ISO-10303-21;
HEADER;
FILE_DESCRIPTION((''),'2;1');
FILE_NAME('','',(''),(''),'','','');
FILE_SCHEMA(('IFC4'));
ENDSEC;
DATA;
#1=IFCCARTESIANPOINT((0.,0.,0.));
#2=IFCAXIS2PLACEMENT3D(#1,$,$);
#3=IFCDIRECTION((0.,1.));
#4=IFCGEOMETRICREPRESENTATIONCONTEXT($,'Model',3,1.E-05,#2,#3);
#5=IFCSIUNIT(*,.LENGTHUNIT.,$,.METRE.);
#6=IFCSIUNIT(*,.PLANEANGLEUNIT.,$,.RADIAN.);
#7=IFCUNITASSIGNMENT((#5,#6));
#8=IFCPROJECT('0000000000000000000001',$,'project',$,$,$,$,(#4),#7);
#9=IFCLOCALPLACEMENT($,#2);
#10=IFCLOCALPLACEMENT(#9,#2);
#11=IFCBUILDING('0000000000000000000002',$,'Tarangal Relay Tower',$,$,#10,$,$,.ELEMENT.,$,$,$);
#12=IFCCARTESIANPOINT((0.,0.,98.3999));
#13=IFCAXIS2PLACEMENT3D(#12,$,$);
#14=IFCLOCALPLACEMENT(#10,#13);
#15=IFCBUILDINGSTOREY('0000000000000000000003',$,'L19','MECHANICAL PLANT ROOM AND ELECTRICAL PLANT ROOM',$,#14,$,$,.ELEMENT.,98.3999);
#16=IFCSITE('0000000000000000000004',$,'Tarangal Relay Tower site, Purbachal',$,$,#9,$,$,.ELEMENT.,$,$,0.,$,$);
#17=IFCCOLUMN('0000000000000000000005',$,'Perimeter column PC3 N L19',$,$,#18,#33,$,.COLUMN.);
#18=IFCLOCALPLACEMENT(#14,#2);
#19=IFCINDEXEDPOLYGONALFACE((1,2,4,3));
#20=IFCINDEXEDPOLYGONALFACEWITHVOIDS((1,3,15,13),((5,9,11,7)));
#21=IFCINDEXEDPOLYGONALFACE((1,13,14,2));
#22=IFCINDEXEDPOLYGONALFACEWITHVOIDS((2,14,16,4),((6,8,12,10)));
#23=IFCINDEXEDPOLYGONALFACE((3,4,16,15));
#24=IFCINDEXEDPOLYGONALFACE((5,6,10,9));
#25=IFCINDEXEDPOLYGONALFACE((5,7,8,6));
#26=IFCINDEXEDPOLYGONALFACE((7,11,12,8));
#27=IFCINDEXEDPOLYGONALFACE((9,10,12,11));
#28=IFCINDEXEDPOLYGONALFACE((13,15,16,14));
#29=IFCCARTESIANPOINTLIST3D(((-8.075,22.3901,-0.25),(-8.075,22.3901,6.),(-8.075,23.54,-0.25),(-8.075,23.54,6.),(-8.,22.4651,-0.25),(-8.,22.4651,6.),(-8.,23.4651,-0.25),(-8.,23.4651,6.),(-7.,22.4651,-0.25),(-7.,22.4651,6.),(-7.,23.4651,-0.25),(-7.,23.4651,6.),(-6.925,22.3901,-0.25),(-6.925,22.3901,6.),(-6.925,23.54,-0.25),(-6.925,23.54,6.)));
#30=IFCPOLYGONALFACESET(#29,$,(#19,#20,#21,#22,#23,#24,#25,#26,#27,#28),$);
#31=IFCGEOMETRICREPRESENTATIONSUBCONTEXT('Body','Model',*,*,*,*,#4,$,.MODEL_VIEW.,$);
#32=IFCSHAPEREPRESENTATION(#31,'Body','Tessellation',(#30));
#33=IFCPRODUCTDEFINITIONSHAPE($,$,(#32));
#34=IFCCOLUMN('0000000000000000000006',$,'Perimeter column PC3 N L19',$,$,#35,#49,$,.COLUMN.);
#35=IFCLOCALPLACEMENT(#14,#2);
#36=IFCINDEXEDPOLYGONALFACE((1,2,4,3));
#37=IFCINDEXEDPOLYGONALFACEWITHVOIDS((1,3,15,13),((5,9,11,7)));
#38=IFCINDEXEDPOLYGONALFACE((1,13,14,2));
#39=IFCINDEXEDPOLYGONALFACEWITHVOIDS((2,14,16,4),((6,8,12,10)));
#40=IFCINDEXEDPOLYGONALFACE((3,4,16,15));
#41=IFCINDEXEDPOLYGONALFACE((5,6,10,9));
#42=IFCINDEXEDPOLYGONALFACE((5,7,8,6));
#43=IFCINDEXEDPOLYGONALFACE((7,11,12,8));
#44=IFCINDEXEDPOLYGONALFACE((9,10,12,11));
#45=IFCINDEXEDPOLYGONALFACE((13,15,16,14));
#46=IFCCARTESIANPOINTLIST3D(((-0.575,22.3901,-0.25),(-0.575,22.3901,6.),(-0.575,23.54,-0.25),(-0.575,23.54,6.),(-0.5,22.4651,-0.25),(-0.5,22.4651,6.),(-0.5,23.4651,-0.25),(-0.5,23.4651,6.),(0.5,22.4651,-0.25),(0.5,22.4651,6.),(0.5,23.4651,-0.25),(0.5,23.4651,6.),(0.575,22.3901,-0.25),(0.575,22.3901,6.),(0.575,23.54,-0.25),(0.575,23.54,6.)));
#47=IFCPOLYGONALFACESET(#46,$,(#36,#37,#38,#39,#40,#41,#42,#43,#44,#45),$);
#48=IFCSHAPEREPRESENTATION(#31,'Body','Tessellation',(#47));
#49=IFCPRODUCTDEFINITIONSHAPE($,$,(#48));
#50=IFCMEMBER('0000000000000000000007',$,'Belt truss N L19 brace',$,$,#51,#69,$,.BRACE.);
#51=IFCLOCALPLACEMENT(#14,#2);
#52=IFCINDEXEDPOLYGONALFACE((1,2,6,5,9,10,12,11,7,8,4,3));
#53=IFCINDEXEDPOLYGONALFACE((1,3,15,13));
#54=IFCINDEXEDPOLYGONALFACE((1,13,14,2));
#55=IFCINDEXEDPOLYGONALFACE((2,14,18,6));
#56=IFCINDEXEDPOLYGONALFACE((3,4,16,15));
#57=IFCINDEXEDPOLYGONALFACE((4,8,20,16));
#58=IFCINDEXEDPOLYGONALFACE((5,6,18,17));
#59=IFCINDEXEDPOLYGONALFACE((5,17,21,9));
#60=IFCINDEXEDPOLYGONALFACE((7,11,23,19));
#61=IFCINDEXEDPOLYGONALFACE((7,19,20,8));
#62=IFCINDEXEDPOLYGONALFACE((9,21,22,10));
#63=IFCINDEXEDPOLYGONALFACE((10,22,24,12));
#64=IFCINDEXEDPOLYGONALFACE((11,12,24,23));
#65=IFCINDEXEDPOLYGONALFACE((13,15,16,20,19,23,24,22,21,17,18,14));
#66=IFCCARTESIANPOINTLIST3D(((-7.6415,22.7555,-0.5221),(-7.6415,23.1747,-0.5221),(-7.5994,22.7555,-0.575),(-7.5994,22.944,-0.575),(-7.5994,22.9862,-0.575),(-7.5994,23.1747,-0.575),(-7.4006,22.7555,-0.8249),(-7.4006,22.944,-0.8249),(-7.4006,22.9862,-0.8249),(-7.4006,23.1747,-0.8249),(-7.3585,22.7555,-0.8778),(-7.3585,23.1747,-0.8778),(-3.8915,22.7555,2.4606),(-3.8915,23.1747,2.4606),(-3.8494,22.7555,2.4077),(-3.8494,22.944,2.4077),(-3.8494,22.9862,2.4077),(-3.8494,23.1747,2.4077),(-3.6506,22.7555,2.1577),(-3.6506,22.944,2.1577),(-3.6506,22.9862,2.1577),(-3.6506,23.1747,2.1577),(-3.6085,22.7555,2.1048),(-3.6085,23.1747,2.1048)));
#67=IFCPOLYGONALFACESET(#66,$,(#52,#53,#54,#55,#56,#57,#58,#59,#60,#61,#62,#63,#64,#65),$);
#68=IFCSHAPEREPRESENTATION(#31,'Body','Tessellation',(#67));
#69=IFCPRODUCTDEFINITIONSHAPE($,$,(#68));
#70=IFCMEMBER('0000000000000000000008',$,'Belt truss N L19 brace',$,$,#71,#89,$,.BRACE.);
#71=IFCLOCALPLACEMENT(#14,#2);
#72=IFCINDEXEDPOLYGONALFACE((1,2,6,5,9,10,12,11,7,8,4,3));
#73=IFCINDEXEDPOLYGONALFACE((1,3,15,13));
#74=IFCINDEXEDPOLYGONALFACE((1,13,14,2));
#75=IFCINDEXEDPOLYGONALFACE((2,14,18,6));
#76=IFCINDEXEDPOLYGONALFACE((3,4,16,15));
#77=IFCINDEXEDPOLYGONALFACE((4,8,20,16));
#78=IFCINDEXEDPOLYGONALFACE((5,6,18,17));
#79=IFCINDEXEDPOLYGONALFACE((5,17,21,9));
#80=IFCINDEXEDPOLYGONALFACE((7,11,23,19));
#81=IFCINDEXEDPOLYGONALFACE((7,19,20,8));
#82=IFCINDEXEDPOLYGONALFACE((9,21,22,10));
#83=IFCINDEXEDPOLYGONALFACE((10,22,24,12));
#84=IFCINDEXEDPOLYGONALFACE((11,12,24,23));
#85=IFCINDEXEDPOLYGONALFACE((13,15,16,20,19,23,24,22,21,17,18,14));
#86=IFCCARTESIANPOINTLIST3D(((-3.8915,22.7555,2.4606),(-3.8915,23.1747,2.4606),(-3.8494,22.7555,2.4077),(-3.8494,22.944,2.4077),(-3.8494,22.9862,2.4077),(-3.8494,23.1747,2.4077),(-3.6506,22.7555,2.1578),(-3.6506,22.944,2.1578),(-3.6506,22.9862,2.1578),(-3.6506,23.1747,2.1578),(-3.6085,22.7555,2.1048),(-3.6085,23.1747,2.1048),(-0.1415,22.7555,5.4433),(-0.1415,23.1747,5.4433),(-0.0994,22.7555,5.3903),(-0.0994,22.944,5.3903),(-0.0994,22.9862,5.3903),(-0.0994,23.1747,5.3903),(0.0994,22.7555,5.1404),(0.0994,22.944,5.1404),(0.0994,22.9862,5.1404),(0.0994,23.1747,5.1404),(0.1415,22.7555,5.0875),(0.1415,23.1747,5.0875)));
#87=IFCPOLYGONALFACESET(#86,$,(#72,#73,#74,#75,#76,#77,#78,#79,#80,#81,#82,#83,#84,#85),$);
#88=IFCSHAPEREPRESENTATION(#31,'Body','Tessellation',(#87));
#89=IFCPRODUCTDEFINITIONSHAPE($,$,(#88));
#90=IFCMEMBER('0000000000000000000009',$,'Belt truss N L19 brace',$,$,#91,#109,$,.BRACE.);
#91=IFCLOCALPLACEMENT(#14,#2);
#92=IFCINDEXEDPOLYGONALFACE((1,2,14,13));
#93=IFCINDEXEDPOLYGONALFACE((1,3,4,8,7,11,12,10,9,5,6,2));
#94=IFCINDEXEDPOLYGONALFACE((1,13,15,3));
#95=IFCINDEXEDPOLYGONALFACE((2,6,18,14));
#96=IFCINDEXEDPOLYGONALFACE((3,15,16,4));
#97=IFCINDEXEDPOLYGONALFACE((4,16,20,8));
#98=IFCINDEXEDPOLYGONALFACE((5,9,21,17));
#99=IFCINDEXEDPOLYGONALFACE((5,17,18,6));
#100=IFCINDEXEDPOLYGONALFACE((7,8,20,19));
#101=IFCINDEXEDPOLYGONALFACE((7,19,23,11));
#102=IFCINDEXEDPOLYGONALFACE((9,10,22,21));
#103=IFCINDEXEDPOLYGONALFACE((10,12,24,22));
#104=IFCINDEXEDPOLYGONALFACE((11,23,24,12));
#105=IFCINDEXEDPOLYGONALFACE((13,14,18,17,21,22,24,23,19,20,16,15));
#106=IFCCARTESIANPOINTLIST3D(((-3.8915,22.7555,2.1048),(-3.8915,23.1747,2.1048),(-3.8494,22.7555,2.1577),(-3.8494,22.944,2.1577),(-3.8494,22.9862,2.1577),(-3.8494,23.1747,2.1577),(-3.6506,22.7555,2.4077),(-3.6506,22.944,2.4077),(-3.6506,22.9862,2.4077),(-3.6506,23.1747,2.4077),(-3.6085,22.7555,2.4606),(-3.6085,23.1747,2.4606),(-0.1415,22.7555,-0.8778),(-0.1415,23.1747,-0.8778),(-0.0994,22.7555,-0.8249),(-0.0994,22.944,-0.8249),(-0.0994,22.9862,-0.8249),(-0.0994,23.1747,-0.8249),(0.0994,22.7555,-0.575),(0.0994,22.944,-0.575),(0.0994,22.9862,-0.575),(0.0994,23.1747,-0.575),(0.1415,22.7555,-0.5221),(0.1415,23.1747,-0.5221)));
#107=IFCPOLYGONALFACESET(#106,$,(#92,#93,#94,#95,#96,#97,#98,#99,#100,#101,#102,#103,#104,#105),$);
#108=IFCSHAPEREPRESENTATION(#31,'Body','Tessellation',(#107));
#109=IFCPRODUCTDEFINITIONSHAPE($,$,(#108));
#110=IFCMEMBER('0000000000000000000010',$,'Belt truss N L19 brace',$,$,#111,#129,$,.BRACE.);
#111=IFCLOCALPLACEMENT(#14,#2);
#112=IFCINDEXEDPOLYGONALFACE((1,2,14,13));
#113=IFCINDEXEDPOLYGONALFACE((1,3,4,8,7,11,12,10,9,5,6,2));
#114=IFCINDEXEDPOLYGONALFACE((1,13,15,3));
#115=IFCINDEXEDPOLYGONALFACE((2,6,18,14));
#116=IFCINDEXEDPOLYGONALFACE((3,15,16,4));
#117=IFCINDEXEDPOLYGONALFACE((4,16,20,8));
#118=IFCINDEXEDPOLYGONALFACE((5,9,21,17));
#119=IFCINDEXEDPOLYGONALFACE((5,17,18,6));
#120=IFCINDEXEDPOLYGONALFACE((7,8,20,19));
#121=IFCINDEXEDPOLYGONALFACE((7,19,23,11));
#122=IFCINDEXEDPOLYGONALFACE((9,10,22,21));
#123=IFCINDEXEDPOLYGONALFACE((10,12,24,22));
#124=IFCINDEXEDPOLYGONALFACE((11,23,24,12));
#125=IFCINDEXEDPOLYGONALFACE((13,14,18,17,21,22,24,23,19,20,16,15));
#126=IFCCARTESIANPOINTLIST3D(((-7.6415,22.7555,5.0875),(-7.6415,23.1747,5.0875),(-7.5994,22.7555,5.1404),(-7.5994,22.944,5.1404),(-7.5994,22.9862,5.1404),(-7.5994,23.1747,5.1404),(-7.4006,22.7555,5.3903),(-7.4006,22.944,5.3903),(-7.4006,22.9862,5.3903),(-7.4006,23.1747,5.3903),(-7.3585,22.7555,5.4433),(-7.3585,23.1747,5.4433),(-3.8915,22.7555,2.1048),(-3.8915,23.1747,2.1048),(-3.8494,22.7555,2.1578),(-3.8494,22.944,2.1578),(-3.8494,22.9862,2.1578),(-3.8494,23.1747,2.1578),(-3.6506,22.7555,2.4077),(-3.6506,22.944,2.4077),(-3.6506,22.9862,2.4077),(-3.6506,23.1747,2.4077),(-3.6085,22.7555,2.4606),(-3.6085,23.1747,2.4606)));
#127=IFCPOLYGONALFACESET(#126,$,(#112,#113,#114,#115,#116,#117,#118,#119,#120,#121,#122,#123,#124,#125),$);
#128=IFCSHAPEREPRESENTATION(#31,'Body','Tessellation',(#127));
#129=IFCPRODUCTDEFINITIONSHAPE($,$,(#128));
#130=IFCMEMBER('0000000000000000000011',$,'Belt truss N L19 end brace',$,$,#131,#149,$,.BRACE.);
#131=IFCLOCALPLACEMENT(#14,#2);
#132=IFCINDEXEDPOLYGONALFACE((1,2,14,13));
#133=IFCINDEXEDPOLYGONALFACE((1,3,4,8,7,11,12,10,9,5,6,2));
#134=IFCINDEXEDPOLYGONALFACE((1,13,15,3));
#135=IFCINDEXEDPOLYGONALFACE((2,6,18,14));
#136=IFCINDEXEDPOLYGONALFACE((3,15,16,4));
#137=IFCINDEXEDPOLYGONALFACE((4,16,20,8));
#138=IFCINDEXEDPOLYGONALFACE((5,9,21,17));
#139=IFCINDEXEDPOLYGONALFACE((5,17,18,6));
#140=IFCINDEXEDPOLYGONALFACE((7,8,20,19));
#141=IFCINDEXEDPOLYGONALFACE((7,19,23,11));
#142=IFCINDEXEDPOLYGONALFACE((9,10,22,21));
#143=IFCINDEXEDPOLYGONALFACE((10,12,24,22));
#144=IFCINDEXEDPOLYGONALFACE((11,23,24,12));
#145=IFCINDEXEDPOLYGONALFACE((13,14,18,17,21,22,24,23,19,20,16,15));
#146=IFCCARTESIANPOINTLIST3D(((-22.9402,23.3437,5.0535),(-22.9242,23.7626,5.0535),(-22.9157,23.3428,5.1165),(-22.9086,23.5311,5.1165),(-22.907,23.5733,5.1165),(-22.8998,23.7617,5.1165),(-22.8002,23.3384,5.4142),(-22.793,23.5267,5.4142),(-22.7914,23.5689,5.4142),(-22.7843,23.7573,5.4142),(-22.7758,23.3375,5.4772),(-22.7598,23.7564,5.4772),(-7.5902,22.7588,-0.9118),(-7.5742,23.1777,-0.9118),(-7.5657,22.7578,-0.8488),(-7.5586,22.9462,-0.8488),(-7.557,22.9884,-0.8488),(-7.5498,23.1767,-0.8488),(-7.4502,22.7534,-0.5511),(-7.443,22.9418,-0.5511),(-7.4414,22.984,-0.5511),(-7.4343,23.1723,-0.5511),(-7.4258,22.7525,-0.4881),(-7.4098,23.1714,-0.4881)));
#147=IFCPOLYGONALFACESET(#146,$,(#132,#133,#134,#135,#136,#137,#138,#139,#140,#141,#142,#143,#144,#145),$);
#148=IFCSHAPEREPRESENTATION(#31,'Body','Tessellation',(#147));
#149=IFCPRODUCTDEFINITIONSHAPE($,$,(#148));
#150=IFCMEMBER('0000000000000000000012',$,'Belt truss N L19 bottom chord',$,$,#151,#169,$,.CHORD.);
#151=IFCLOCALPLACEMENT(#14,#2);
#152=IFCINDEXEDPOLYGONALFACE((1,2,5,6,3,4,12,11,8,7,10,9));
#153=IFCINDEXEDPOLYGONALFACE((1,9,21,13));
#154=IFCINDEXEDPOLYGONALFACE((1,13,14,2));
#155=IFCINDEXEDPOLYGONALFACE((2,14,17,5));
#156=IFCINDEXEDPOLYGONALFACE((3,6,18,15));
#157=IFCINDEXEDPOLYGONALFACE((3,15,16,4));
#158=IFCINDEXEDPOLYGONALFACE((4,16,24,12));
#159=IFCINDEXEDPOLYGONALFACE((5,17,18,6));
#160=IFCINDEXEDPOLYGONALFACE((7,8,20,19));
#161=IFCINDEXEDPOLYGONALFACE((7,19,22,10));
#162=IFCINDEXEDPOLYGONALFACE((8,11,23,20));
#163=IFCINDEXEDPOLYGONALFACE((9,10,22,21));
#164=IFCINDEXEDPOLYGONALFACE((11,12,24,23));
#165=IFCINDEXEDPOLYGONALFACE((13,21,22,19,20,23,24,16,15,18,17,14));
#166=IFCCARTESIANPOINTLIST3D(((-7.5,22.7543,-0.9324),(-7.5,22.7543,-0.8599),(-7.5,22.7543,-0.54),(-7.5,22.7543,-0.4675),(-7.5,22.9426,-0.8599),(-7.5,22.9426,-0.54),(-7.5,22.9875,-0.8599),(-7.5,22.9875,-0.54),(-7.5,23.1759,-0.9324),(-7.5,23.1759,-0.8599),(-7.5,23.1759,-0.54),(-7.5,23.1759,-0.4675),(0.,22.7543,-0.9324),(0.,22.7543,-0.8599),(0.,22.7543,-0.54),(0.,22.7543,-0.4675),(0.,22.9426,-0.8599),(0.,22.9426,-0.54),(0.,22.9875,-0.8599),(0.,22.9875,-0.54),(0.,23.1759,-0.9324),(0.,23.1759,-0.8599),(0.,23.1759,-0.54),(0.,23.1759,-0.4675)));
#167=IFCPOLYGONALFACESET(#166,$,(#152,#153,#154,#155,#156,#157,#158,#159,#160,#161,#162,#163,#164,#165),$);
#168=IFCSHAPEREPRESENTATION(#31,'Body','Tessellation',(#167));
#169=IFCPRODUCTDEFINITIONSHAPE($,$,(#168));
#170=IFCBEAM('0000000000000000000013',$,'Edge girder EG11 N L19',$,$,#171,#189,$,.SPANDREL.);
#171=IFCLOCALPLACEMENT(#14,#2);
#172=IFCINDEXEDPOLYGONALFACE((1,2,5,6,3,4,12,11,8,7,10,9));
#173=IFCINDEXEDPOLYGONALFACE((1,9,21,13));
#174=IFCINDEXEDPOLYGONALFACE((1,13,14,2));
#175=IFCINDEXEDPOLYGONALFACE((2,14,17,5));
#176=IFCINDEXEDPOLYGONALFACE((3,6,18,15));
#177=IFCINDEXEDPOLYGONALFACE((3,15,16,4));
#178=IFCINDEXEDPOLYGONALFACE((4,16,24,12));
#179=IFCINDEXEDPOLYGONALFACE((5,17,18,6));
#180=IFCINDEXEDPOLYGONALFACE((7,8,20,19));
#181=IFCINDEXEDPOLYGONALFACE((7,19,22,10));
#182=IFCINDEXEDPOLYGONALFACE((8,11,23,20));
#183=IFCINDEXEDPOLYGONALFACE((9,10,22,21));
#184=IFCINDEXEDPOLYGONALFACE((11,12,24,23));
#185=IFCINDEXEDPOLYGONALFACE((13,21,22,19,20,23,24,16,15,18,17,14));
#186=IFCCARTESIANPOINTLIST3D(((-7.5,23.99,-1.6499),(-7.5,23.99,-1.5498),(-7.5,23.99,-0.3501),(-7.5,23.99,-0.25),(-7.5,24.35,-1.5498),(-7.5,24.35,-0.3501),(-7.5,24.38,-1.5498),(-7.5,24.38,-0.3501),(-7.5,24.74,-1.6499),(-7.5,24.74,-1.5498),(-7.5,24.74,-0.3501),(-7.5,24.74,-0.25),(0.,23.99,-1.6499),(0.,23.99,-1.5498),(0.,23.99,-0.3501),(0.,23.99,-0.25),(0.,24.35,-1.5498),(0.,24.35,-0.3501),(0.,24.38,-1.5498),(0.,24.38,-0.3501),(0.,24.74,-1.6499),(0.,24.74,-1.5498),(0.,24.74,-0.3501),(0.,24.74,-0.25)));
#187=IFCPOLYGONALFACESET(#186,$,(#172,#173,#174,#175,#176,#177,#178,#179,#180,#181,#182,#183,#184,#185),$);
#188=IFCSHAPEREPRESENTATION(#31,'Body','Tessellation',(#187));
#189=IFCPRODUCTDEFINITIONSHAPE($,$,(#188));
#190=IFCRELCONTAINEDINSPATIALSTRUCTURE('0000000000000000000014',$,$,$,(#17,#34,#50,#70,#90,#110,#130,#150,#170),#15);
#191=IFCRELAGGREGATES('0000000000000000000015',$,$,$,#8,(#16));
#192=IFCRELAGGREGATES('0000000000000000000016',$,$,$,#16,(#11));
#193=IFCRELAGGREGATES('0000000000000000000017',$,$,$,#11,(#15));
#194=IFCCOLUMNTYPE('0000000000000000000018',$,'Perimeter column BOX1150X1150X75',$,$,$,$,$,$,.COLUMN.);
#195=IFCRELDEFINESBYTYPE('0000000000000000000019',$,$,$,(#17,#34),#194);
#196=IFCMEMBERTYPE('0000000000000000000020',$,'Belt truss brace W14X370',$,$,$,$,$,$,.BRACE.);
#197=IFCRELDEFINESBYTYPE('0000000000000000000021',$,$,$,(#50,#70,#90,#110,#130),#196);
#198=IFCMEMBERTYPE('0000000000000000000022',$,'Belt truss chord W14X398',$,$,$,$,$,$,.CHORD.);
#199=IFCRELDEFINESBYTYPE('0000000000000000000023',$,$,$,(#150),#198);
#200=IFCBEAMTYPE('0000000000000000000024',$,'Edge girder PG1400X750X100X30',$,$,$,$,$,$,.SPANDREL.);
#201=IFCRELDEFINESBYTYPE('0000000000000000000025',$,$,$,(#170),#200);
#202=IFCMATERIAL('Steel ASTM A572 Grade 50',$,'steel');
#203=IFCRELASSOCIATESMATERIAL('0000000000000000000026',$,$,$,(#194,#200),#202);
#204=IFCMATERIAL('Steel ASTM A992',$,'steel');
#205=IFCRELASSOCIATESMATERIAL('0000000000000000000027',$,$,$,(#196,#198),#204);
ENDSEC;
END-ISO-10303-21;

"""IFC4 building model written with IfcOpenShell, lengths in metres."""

from ifc_helpers import new_model, si_unit, direction, frame, origin, origin_2d, place, context, subcontext, project, spatial, hollow_rectangle, i_section, extrude, material, material_profile, profile_set, type_object, element, save


model = new_model("IFC4")

# Units and contexts
model_context = context("Model", 3, precision=1e-05, world=origin(), true_north=direction((0.0, 1.0)))
body_context = subcontext(model_context, "Body", "Model", "MODEL_VIEW")
ifc_project = project(units=[si_unit("LENGTHUNIT", "METRE"), si_unit("PLANEANGLEUNIT", "RADIAN")], contexts=[model_context])

# Site, building, storey
site_placement = place(None, origin())
site = spatial("IfcSite", under=ifc_project, at=site_placement, Name="Tarangal Relay Tower site, Purbachal", CompositionType="ELEMENT", RefElevation=0.0)
building_placement = place(site_placement, origin())
building = spatial("IfcBuilding", under=site, at=building_placement, Name="Tarangal Relay Tower", CompositionType="ELEMENT")
storey_placement = place(building_placement, frame((0.0, 0.0, 98.3999)))
storey = spatial("IfcBuildingStorey", under=building, at=storey_placement, Name="L19", Description="MECHANICAL PLANT ROOM AND ELECTRICAL PLANT ROOM", CompositionType="ELEMENT", Elevation=98.3999)

# Columns
ifc_material_1 = material(Name="Steel ASTM A572 Grade 50", Category="steel")
ifc_material_profile_1 = material_profile(ifc_material_1, hollow_rectangle(XDim=1.1499, YDim=1.1499, WallThickness=0.075, at=origin_2d()), Name="BOX1150X1150X75")
ifc_profile_set_1 = profile_set([ifc_material_profile_1], Name="Steel ASTM A572 Grade 50")
column_type = type_object("IfcColumnType", Name="Perimeter column BOX1150X1150X75", PredefinedType="COLUMN", material=ifc_profile_set_1)
for number, where, z_axis, x_axis, name in (
    (1, (-7.5, 22.9651, -0.25), (0.0, 0.0, 1.0), (1.0, 0.0, 0.0), "Perimeter column PC3 N L19"),
    (2, (0.0, 22.9651, -0.25), (0.0, 0.0, 1.0), (1.0, 0.0, 0.0), "Perimeter column PC3 N L19"),
):
    element("IfcColumn", number, at=place(storey_placement, frame(where, z_axis=z_axis, x_axis=x_axis)), inside=storey, type_object=column_type, Name=name, PredefinedType="COLUMN", context=body_context, shape_type="SweptSolid", body=[
        extrude(hollow_rectangle(XDim=1.1499, YDim=1.1499, WallThickness=0.075, at=origin_2d()), origin(), (0.0, 0.0, 1.0), 6.25),
    ])

# Members
ifc_material_2 = material(Name="Steel ASTM A992", Category="steel")
ifc_material_profile_2 = material_profile(ifc_material_2, i_section(OverallWidth=0.4192, OverallDepth=0.4546, WebThickness=0.0422, FlangeThickness=0.0676, at=origin_2d()), Name="W14X370")
ifc_profile_set_2 = profile_set([ifc_material_profile_2], Name="Steel ASTM A992")
member_type_1 = type_object("IfcMemberType", Name="Belt truss brace W14X370", PredefinedType="BRACE", material=ifc_profile_set_2)
for number, where, z_axis, x_axis, name in (
    (3, (-7.5, 22.9651, -0.7), (0.78263, 0.0, 0.622487), (0.0, 1.0, 0.0), "Belt truss N L19 brace"),
    (4, (-3.75, 22.9651, 2.2827), (0.78263, 0.0, 0.622487), (0.0, 1.0, 0.0), "Belt truss N L19 brace"),
    (5, (0.0, 22.9651, -0.7), (-0.78263, 0.0, 0.622487), (0.0, -1.0, 0.0), "Belt truss N L19 brace"),
    (6, (-3.75, 22.9651, 2.2827), (-0.78263, 0.0, 0.622487), (0.0, -1.0, 0.0), "Belt truss N L19 brace"),
):
    element("IfcMember", number, at=place(storey_placement, frame(where, z_axis=z_axis, x_axis=x_axis)), inside=storey, type_object=member_type_1, Name=name, PredefinedType="BRACE", context=body_context, shape_type="SweptSolid", body=[
        extrude(i_section(OverallWidth=0.4192, OverallDepth=0.4546, WebThickness=0.0422, FlangeThickness=0.0676, at=origin_2d()), origin(), (0.0, 0.0, 1.0), 4.7915),
    ])
member_1_placement = place(storey_placement, frame((-7.5, 22.9651, -0.7), z_axis=(-0.931502, 0.035498, 0.361999), x_axis=(-0.03808, -0.999275, 0.0)))
element("IfcMember", 7, at=member_1_placement, inside=storey, type_object=member_type_1, Name="Belt truss N L19 end brace", PredefinedType="BRACE", context=body_context, shape_type="SweptSolid", body=[
    extrude(i_section(OverallWidth=0.4192, OverallDepth=0.4546, WebThickness=0.0422, FlangeThickness=0.0676, at=origin_2d()), origin(), (0.0, 0.0, 1.0), 16.4788),
])
ifc_material_profile_3 = material_profile(ifc_material_2, i_section(OverallWidth=0.4216, OverallDepth=0.4648, WebThickness=0.0449, FlangeThickness=0.0725, at=origin_2d()), Name="W14X398")
ifc_profile_set_3 = profile_set([ifc_material_profile_3], Name="Steel ASTM A992")
member_type_2 = type_object("IfcMemberType", Name="Belt truss chord W14X398", PredefinedType="CHORD", material=ifc_profile_set_3)
member_2_placement = place(storey_placement, frame((-7.5, 22.9651, -0.7), z_axis=(1.0, 0.0, 0.0), x_axis=(0.0, 1.0, 0.0)))
element("IfcMember", 8, at=member_2_placement, inside=storey, type_object=member_type_2, Name="Belt truss N L19 bottom chord", PredefinedType="CHORD", context=body_context, shape_type="SweptSolid", body=[
    extrude(i_section(OverallWidth=0.4216, OverallDepth=0.4648, WebThickness=0.0449, FlangeThickness=0.0725, at=origin_2d()), origin(), (0.0, 0.0, 1.0), 7.5),
])

# Beam
ifc_material_profile_4 = material_profile(ifc_material_1, i_section(OverallWidth=0.75, OverallDepth=1.3999, WebThickness=0.03, FlangeThickness=0.1001, at=origin_2d()), Name="PG1400X750X100X30")
ifc_profile_set_4 = profile_set([ifc_material_profile_4], Name="Steel ASTM A572 Grade 50")
beam_type_1 = type_object("IfcBeamType", Name="Edge girder PG1400X750X100X30", PredefinedType="SPANDREL", material=ifc_profile_set_4)
for number, where, z_axis, x_axis, name in (
    (9, (-7.5, 24.365, -0.95), (1.0, 0.0, 0.0), (0.0, 1.0, 0.0), "Edge girder EG11 N L19"),
):
    element("IfcBeam", number, at=place(storey_placement, frame(where, z_axis=z_axis, x_axis=x_axis)), inside=storey, type_object=beam_type_1, Name=name, PredefinedType="SPANDREL", context=body_context, shape_type="SweptSolid", body=[
        extrude(i_section(OverallWidth=0.75, OverallDepth=1.3999, WebThickness=0.03, FlangeThickness=0.1001, at=origin_2d()), origin(), (0.0, 0.0, 1.0), 7.5),
    ])

save(model, "model.ifc")
